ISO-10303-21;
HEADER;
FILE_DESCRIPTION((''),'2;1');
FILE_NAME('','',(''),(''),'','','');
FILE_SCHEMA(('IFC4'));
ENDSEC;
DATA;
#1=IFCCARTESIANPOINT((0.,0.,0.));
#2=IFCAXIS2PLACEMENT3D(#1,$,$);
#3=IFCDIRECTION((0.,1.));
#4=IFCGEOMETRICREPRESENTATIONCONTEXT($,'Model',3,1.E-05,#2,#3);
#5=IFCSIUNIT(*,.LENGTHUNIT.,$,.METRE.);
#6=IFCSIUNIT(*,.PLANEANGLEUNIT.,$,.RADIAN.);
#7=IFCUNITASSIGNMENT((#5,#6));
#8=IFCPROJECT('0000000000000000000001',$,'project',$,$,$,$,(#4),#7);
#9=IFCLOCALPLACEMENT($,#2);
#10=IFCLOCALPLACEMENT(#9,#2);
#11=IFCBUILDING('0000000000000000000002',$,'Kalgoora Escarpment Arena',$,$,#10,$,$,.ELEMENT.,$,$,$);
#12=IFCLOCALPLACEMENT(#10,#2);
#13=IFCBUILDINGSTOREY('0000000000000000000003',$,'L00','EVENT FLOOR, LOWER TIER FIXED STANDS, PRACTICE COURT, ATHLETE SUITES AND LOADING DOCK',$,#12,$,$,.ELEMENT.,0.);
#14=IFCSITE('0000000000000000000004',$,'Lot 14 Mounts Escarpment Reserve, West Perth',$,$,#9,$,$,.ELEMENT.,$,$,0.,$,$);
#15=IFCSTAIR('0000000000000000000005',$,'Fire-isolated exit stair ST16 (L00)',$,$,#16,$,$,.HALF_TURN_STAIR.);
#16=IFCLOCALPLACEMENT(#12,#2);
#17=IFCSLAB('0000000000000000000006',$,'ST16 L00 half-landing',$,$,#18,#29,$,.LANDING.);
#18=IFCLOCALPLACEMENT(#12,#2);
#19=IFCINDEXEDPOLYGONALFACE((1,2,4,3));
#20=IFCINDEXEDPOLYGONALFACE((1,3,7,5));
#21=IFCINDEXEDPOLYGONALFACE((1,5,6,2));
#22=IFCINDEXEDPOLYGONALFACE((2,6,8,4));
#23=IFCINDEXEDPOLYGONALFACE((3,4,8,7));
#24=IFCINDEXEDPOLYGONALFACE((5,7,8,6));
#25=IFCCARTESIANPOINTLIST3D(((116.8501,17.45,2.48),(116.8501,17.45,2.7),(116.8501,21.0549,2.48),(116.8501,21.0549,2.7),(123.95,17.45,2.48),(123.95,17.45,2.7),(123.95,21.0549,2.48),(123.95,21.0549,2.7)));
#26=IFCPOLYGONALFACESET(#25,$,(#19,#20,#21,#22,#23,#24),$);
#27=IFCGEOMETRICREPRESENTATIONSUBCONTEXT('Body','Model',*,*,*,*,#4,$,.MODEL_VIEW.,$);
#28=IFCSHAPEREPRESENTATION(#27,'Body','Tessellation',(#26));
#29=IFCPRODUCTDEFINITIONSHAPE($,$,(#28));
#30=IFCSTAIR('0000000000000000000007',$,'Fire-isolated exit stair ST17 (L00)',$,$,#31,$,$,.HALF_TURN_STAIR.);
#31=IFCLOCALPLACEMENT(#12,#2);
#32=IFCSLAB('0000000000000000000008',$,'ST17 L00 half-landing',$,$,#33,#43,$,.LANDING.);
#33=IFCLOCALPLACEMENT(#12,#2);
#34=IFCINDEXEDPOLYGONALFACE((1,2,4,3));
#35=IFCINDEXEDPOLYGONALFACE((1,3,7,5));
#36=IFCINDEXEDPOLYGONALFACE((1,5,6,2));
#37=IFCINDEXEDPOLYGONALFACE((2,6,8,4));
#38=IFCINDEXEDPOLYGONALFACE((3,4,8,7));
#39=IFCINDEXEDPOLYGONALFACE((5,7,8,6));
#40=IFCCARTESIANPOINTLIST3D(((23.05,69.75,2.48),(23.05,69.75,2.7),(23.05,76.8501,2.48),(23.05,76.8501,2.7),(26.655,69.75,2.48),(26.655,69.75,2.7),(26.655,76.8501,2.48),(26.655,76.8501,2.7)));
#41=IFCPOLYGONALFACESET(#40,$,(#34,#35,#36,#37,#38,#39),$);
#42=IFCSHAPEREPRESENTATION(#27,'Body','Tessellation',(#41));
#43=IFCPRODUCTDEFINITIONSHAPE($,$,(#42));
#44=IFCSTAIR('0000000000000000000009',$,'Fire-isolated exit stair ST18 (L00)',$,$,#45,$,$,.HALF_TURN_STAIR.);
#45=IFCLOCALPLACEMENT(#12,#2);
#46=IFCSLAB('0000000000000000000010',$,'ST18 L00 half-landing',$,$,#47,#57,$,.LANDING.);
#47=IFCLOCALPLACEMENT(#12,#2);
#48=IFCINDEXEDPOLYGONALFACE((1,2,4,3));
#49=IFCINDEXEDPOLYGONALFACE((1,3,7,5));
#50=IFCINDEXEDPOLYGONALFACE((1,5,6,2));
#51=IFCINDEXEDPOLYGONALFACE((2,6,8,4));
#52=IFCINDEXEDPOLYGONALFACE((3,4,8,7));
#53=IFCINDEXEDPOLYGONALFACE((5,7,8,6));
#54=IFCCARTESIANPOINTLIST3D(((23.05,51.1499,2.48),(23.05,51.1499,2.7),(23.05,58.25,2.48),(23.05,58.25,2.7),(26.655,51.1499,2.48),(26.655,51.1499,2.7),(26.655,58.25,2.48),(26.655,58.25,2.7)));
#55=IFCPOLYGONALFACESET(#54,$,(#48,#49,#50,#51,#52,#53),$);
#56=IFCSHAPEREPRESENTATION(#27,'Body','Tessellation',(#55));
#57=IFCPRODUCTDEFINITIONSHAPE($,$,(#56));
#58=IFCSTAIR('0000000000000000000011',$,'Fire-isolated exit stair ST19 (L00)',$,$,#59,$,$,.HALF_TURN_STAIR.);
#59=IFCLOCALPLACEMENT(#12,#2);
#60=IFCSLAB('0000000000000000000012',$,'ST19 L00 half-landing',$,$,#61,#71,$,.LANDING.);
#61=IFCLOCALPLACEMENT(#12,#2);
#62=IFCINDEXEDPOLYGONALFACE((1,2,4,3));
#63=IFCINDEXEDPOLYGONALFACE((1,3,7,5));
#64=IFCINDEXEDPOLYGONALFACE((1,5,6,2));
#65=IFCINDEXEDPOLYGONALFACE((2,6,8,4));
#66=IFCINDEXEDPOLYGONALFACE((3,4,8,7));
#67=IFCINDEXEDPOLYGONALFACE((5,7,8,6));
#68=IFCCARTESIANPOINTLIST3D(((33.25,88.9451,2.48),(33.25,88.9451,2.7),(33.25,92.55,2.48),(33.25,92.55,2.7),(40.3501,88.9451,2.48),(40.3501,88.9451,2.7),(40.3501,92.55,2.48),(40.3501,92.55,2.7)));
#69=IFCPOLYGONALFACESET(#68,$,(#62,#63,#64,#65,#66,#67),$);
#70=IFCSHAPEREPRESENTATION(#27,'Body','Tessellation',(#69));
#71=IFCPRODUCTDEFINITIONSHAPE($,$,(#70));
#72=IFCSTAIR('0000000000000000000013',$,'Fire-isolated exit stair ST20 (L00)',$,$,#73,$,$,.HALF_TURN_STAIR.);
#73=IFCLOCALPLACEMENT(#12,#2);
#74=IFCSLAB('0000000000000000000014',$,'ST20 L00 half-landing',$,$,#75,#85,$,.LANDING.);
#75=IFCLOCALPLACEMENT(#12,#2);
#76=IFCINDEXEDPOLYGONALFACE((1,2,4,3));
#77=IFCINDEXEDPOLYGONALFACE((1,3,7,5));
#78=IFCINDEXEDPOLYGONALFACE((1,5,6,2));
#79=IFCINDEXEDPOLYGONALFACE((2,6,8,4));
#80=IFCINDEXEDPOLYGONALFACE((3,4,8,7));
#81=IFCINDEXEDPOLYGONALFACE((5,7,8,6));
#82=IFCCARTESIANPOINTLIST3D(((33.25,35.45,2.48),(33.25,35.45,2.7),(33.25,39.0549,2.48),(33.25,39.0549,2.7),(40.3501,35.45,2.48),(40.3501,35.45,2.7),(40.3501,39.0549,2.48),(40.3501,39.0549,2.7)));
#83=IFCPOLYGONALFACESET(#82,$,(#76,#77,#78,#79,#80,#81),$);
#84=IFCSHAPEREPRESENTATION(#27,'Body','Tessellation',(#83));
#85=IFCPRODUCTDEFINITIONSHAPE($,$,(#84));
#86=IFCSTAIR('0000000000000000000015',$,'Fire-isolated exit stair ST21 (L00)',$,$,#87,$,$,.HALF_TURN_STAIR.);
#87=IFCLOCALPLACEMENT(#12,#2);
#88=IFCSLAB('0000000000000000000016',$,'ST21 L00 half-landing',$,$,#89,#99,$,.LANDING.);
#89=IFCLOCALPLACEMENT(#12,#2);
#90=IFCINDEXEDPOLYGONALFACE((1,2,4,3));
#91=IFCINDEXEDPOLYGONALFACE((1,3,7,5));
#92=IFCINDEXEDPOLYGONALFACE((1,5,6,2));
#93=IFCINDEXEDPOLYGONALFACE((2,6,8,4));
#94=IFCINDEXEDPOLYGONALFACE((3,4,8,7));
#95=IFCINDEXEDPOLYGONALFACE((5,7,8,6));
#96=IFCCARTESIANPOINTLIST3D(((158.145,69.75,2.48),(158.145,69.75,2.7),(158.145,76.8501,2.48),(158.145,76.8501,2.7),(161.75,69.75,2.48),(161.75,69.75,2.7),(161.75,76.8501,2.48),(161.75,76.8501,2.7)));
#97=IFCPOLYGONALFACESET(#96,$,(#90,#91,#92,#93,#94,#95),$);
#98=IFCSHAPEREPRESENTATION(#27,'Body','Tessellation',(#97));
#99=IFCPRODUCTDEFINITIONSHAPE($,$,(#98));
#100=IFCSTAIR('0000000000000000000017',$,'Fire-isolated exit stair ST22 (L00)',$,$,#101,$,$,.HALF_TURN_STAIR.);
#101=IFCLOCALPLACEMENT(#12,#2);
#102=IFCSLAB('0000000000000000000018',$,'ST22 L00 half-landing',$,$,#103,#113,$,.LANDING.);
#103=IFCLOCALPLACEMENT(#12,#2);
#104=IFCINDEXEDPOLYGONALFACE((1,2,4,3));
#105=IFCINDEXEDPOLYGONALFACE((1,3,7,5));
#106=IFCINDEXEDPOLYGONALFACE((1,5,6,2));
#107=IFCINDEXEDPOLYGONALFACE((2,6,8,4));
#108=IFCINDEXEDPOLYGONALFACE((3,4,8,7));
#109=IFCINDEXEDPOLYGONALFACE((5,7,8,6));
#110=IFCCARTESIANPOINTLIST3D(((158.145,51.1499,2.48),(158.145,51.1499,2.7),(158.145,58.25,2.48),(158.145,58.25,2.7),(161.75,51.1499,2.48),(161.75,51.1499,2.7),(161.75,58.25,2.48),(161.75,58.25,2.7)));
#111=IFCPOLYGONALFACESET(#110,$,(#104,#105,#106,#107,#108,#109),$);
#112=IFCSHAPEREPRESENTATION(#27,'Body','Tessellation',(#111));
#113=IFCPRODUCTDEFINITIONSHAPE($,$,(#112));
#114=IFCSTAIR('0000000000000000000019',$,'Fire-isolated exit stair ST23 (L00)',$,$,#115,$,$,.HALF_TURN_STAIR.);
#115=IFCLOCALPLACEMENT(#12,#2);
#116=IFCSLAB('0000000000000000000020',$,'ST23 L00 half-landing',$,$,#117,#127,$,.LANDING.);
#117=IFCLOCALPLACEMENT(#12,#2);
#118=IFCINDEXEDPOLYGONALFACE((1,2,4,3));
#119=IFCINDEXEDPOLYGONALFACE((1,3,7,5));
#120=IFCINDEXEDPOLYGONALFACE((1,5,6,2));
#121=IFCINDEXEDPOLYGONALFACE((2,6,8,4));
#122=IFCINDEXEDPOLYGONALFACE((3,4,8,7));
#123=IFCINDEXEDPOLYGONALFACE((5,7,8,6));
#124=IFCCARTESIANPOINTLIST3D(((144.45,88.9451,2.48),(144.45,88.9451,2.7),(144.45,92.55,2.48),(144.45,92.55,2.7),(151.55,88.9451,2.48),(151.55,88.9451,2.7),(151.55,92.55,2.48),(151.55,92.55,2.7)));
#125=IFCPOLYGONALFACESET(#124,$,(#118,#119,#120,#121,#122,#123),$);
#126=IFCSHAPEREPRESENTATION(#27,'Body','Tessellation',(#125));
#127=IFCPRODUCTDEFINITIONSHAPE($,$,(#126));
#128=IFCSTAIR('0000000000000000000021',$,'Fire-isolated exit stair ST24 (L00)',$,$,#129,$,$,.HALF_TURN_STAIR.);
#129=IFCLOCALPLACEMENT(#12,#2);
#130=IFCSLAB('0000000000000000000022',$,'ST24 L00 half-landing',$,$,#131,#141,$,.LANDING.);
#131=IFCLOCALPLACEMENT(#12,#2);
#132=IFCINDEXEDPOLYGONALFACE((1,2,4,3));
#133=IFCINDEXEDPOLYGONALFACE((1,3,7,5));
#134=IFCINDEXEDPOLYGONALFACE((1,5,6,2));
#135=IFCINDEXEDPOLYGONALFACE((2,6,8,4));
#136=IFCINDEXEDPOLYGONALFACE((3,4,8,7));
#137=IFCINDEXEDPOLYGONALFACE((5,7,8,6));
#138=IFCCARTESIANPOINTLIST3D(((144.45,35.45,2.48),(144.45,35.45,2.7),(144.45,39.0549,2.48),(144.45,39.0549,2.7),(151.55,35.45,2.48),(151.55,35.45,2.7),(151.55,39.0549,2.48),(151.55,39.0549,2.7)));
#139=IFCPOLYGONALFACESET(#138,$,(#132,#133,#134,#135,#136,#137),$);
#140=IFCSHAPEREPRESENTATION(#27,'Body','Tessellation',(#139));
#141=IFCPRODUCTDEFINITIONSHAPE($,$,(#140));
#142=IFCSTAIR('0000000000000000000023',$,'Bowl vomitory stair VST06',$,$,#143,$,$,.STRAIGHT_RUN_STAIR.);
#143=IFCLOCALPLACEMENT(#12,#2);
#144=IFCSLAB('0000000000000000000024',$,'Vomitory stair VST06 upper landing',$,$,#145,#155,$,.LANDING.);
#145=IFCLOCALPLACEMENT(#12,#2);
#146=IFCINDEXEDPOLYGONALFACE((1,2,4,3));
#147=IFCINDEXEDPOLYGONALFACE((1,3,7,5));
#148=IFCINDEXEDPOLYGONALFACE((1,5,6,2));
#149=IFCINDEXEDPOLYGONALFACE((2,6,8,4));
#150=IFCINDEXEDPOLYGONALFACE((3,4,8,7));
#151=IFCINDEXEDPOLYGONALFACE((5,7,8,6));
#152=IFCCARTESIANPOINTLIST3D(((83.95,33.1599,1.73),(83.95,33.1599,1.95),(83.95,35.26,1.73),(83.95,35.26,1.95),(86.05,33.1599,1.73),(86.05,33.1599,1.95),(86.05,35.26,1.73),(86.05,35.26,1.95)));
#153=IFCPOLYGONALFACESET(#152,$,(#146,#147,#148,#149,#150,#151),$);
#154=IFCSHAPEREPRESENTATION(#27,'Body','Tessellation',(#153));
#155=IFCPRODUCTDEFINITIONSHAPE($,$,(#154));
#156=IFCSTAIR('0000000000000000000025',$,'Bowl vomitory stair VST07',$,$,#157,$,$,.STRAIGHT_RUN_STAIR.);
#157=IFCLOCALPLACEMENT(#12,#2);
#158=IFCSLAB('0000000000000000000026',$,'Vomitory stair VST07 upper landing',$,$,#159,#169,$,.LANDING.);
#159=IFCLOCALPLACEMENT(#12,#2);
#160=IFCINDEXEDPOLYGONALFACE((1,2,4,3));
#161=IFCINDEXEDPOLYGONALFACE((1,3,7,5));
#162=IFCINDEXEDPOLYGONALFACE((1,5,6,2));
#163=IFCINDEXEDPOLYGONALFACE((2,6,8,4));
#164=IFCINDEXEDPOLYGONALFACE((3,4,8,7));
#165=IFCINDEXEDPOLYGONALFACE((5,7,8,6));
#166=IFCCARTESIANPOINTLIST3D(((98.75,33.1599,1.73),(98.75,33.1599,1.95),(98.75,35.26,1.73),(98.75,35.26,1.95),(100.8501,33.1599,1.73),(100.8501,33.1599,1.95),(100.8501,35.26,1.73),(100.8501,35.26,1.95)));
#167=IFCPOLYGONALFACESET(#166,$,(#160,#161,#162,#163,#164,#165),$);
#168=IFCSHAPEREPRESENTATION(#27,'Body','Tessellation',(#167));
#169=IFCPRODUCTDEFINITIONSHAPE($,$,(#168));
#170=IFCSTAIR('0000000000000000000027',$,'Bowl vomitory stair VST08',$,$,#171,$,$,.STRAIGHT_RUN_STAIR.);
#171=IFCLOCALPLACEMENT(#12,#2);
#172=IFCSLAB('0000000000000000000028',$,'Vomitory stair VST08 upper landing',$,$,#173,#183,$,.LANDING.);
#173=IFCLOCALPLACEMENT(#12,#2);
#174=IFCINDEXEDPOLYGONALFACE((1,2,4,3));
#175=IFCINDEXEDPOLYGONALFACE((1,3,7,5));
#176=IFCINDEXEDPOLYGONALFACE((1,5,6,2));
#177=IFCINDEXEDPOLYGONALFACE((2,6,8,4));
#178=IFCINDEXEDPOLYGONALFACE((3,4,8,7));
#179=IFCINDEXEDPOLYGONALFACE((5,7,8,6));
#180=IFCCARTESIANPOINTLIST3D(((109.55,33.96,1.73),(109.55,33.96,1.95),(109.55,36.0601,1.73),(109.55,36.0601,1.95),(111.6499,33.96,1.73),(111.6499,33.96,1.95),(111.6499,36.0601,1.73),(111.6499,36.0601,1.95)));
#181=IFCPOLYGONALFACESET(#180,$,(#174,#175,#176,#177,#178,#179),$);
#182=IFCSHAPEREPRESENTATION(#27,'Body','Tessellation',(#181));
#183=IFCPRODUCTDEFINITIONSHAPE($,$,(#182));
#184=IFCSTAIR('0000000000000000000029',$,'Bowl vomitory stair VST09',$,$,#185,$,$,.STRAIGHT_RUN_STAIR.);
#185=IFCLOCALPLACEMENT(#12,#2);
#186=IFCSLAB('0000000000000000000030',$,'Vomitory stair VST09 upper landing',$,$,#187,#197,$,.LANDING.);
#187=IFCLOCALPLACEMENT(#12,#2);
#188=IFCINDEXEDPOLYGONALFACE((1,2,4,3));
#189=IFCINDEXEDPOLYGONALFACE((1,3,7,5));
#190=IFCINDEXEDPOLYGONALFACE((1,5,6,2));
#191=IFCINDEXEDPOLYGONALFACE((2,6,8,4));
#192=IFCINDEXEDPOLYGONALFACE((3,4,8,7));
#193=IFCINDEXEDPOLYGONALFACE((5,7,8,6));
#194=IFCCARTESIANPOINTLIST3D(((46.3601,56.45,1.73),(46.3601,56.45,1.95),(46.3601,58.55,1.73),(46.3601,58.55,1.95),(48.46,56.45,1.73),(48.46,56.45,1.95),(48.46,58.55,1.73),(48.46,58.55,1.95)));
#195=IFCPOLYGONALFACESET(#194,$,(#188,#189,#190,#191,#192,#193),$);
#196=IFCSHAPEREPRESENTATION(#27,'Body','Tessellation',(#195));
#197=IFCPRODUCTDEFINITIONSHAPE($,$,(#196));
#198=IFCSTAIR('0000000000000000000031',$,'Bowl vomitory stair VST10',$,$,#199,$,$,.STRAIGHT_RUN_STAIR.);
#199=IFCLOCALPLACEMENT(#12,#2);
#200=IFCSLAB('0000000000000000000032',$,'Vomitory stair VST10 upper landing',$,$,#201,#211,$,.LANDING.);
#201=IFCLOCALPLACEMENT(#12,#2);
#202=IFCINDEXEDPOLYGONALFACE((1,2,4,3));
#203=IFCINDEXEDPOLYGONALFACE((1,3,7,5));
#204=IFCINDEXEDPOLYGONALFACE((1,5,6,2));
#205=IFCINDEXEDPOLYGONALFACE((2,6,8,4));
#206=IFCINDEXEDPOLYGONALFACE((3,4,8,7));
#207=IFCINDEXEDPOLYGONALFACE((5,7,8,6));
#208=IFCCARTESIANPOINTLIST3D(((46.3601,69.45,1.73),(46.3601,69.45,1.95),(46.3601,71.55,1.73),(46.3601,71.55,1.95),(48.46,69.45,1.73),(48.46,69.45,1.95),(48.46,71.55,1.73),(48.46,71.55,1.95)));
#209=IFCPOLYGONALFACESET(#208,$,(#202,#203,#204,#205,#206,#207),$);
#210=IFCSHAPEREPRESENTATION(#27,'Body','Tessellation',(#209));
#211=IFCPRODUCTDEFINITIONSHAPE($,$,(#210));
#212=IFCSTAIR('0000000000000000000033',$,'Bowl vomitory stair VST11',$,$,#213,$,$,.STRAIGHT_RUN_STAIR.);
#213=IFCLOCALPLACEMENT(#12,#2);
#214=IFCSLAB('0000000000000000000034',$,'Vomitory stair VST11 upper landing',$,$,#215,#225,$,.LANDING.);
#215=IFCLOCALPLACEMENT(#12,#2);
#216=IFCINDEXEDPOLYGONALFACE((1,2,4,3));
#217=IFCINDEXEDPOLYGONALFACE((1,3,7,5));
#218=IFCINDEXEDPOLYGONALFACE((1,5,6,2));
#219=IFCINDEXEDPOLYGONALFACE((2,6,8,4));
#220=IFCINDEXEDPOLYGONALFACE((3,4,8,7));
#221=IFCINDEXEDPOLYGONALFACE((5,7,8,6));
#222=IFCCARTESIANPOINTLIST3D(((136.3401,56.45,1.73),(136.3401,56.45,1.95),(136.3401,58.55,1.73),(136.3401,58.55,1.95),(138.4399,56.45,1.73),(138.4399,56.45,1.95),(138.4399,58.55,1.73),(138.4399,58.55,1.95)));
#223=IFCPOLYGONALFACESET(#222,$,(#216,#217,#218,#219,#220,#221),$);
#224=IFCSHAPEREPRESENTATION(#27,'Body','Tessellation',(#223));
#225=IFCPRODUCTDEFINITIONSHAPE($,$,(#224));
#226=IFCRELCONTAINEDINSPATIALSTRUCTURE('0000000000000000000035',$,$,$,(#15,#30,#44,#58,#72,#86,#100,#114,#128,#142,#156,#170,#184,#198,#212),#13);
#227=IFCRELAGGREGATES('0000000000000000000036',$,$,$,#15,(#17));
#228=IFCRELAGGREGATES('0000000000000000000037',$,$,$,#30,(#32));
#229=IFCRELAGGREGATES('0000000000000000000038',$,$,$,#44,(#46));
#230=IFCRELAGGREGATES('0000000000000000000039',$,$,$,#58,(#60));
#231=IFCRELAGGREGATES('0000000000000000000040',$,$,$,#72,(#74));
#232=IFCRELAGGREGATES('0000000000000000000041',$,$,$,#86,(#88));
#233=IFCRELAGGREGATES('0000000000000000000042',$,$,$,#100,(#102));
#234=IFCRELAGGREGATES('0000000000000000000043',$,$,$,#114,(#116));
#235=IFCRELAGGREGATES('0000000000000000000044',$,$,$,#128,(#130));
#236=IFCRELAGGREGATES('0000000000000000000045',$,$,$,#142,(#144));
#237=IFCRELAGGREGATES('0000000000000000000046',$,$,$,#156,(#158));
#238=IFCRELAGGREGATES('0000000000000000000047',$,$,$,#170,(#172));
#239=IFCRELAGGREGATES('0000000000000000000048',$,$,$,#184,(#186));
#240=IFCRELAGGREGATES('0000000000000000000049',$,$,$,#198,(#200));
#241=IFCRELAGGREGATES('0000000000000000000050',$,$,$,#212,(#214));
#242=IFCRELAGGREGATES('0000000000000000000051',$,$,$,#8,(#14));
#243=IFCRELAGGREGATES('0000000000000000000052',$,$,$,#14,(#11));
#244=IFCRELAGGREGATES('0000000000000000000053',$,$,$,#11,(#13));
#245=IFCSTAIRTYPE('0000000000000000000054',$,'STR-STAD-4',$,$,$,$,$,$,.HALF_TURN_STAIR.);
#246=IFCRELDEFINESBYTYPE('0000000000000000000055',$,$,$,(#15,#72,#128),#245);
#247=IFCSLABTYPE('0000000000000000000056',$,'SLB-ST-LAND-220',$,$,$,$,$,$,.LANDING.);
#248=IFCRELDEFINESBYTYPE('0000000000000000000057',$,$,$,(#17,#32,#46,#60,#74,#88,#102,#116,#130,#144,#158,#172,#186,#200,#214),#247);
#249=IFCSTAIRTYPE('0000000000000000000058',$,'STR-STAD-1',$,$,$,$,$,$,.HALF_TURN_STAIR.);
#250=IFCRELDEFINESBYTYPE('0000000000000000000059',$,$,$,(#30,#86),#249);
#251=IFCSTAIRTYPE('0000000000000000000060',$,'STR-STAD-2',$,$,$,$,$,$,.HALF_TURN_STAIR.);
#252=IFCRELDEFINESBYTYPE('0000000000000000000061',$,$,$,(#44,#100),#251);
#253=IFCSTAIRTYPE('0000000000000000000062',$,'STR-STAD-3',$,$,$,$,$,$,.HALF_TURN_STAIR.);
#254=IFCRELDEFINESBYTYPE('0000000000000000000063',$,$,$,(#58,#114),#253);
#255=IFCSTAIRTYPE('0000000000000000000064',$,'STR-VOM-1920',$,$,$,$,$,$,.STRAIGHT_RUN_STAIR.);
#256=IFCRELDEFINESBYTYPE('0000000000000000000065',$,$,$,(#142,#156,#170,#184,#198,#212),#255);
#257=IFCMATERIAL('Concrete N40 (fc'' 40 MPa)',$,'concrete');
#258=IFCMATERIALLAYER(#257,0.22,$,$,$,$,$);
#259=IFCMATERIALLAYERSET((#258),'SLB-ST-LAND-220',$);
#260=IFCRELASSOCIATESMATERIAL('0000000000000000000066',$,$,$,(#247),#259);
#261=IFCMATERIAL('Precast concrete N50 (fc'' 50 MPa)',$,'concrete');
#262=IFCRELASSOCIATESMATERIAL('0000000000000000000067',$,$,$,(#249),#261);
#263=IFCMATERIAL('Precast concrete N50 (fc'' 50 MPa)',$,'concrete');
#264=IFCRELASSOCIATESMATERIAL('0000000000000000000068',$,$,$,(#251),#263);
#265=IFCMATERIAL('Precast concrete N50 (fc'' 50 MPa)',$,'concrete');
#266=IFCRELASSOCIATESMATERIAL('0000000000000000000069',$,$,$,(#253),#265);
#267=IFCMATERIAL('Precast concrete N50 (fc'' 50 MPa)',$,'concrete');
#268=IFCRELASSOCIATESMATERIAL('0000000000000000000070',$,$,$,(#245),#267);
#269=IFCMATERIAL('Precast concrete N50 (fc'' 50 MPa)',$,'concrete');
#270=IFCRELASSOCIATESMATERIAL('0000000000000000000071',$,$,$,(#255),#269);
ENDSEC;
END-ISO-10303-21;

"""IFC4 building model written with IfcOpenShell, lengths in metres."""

from ifc_helpers import new_model, si_unit, direction, frame, origin, place, context, subcontext, project, spatial, polyline, outline, extrude, material, layer, layer_set, type_object, element, aggregate, save


model = new_model("IFC4")

# Units and contexts
model_context = context("Model", 3, precision=1e-05, world=origin(), true_north=direction((0.0, 1.0)))
body_context = subcontext(model_context, "Body", "Model", "MODEL_VIEW")
ifc_project = project(units=[si_unit("LENGTHUNIT", "METRE"), si_unit("PLANEANGLEUNIT", "RADIAN")], contexts=[model_context])

# Site, building, storey
site_placement = place(None, origin())
site = spatial("IfcSite", under=ifc_project, at=site_placement, Name="Lot 14 Mounts Escarpment Reserve, West Perth", CompositionType="ELEMENT", RefElevation=0.0)
building_placement = place(site_placement, origin())
building = spatial("IfcBuilding", under=site, at=building_placement, Name="Kalgoora Escarpment Arena", CompositionType="ELEMENT")
storey_placement = place(building_placement, origin())
storey = spatial("IfcBuildingStorey", under=building, at=storey_placement, Name="L00", Description="EVENT FLOOR, LOWER TIER FIXED STANDS, PRACTICE COURT, ATHLETE SUITES AND LOADING DOCK", CompositionType="ELEMENT", Elevation=0.0)

# Stairs, slabs
ifc_material_1 = material(Name="Concrete N40 (fc' 40 MPa)", Category="concrete")
ifc_layer_1 = layer(ifc_material_1, 0.22)
ifc_layer_set_1 = layer_set([ifc_layer_1], Name="SLB-ST-LAND-220")
slab_type = type_object("IfcSlabType", Name="SLB-ST-LAND-220", PredefinedType="LANDING", material=ifc_layer_set_1)
ifc_material_2 = material(Name="Precast concrete N50 (fc' 50 MPa)", Category="concrete")
stair_type_1 = type_object("IfcStairType", Name="STR-STAD-1", PredefinedType="HALF_TURN_STAIR", material=ifc_material_2)
ifc_material_3 = material(Name="Precast concrete N50 (fc' 50 MPa)", Category="concrete")
stair_type_2 = type_object("IfcStairType", Name="STR-STAD-2", PredefinedType="HALF_TURN_STAIR", material=ifc_material_3)
ifc_material_4 = material(Name="Precast concrete N50 (fc' 50 MPa)", Category="concrete")
stair_type_3 = type_object("IfcStairType", Name="STR-STAD-3", PredefinedType="HALF_TURN_STAIR", material=ifc_material_4)
ifc_material_5 = material(Name="Precast concrete N50 (fc' 50 MPa)", Category="concrete")
stair_type_4 = type_object("IfcStairType", Name="STR-STAD-4", PredefinedType="HALF_TURN_STAIR", material=ifc_material_5)
stair_1_placement = place(storey_placement, origin())
stair_1 = element("IfcStair", 1, at=stair_1_placement, inside=storey, type_object=stair_type_4, Name="Fire-isolated exit stair ST16 (L00)", PredefinedType="HALF_TURN_STAIR")
slab_1_placement = place(storey_placement, frame((0.0, 0.0, 2.48)))
slab_1 = element("IfcSlab", 2, at=slab_1_placement, type_object=slab_type, Name="ST16 L00 half-landing", PredefinedType="LANDING", context=body_context, shape_type="SweptSolid", body=[
    extrude(outline(polyline([(123.95, 21.0549), (123.95, 17.45), (116.8501, 17.45), (116.8501, 21.0549), (123.95, 21.0549)])), origin(), (0.0, 0.0, 1.0), 0.22),
])
aggregate(stair_1, [slab_1])
stair_2_placement = place(storey_placement, origin())
stair_2 = element("IfcStair", 3, at=stair_2_placement, inside=storey, type_object=stair_type_1, Name="Fire-isolated exit stair ST17 (L00)", PredefinedType="HALF_TURN_STAIR")
slab_2_placement = place(storey_placement, frame((0.0, 0.0, 2.48)))
slab_2 = element("IfcSlab", 4, at=slab_2_placement, type_object=slab_type, Name="ST17 L00 half-landing", PredefinedType="LANDING", context=body_context, shape_type="SweptSolid", body=[
    extrude(outline(polyline([(26.655, 69.75), (23.05, 69.75), (23.05, 76.8501), (26.655, 76.8501), (26.655, 69.75)])), origin(), (0.0, 0.0, 1.0), 0.22),
])
aggregate(stair_2, [slab_2])
stair_3_placement = place(storey_placement, origin())
stair_3 = element("IfcStair", 5, at=stair_3_placement, inside=storey, type_object=stair_type_2, Name="Fire-isolated exit stair ST18 (L00)", PredefinedType="HALF_TURN_STAIR")
slab_3_placement = place(storey_placement, frame((0.0, 0.0, 2.48)))
slab_3 = element("IfcSlab", 6, at=slab_3_placement, type_object=slab_type, Name="ST18 L00 half-landing", PredefinedType="LANDING", context=body_context, shape_type="SweptSolid", body=[
    extrude(outline(polyline([(26.655, 51.1499), (23.05, 51.1499), (23.05, 58.25), (26.655, 58.25), (26.655, 51.1499)])), origin(), (0.0, 0.0, 1.0), 0.22),
])
aggregate(stair_3, [slab_3])
stair_4_placement = place(storey_placement, origin())
stair_4 = element("IfcStair", 7, at=stair_4_placement, inside=storey, type_object=stair_type_3, Name="Fire-isolated exit stair ST19 (L00)", PredefinedType="HALF_TURN_STAIR")
slab_4_placement = place(storey_placement, frame((0.0, 0.0, 2.48)))
slab_4 = element("IfcSlab", 8, at=slab_4_placement, type_object=slab_type, Name="ST19 L00 half-landing", PredefinedType="LANDING", context=body_context, shape_type="SweptSolid", body=[
    extrude(outline(polyline([(33.25, 88.9451), (33.25, 92.55), (40.3501, 92.55), (40.3501, 88.9451), (33.25, 88.9451)])), origin(), (0.0, 0.0, 1.0), 0.22),
])
aggregate(stair_4, [slab_4])
stair_5_placement = place(storey_placement, origin())
stair_5 = element("IfcStair", 9, at=stair_5_placement, inside=storey, type_object=stair_type_4, Name="Fire-isolated exit stair ST20 (L00)", PredefinedType="HALF_TURN_STAIR")
slab_5_placement = place(storey_placement, frame((0.0, 0.0, 2.48)))
slab_5 = element("IfcSlab", 10, at=slab_5_placement, type_object=slab_type, Name="ST20 L00 half-landing", PredefinedType="LANDING", context=body_context, shape_type="SweptSolid", body=[
    extrude(outline(polyline([(40.3501, 39.0549), (40.3501, 35.45), (33.25, 35.45), (33.25, 39.0549), (40.3501, 39.0549)])), origin(), (0.0, 0.0, 1.0), 0.22),
])
aggregate(stair_5, [slab_5])
stair_6_placement = place(storey_placement, origin())
stair_6 = element("IfcStair", 11, at=stair_6_placement, inside=storey, type_object=stair_type_1, Name="Fire-isolated exit stair ST21 (L00)", PredefinedType="HALF_TURN_STAIR")
slab_6_placement = place(storey_placement, frame((0.0, 0.0, 2.48)))
slab_6 = element("IfcSlab", 12, at=slab_6_placement, type_object=slab_type, Name="ST21 L00 half-landing", PredefinedType="LANDING", context=body_context, shape_type="SweptSolid", body=[
    extrude(outline(polyline([(158.145, 76.8501), (161.75, 76.8501), (161.75, 69.75), (158.145, 69.75), (158.145, 76.8501)])), origin(), (0.0, 0.0, 1.0), 0.22),
])
aggregate(stair_6, [slab_6])
stair_7_placement = place(storey_placement, origin())
stair_7 = element("IfcStair", 13, at=stair_7_placement, inside=storey, type_object=stair_type_2, Name="Fire-isolated exit stair ST22 (L00)", PredefinedType="HALF_TURN_STAIR")
slab_7_placement = place(storey_placement, frame((0.0, 0.0, 2.48)))
slab_7 = element("IfcSlab", 14, at=slab_7_placement, type_object=slab_type, Name="ST22 L00 half-landing", PredefinedType="LANDING", context=body_context, shape_type="SweptSolid", body=[
    extrude(outline(polyline([(158.145, 58.25), (161.75, 58.25), (161.75, 51.1499), (158.145, 51.1499), (158.145, 58.25)])), origin(), (0.0, 0.0, 1.0), 0.22),
])
aggregate(stair_7, [slab_7])
stair_8_placement = place(storey_placement, origin())
stair_8 = element("IfcStair", 15, at=stair_8_placement, inside=storey, type_object=stair_type_3, Name="Fire-isolated exit stair ST23 (L00)", PredefinedType="HALF_TURN_STAIR")
slab_8_placement = place(storey_placement, frame((0.0, 0.0, 2.48)))
slab_8 = element("IfcSlab", 16, at=slab_8_placement, type_object=slab_type, Name="ST23 L00 half-landing", PredefinedType="LANDING", context=body_context, shape_type="SweptSolid", body=[
    extrude(outline(polyline([(144.45, 88.9451), (144.45, 92.55), (151.55, 92.55), (151.55, 88.9451), (144.45, 88.9451)])), origin(), (0.0, 0.0, 1.0), 0.22),
])
aggregate(stair_8, [slab_8])
stair_9_placement = place(storey_placement, origin())
stair_9 = element("IfcStair", 17, at=stair_9_placement, inside=storey, type_object=stair_type_4, Name="Fire-isolated exit stair ST24 (L00)", PredefinedType="HALF_TURN_STAIR")
slab_9_placement = place(storey_placement, frame((0.0, 0.0, 2.48)))
slab_9 = element("IfcSlab", 18, at=slab_9_placement, type_object=slab_type, Name="ST24 L00 half-landing", PredefinedType="LANDING", context=body_context, shape_type="SweptSolid", body=[
    extrude(outline(polyline([(151.55, 39.0549), (151.55, 35.45), (144.45, 35.45), (144.45, 39.0549), (151.55, 39.0549)])), origin(), (0.0, 0.0, 1.0), 0.22),
])
aggregate(stair_9, [slab_9])
ifc_material_6 = material(Name="Precast concrete N50 (fc' 50 MPa)", Category="concrete")
stair_type_5 = type_object("IfcStairType", Name="STR-VOM-1920", PredefinedType="STRAIGHT_RUN_STAIR", material=ifc_material_6)
stair_10_placement = place(storey_placement, origin())
stair_10 = element("IfcStair", 19, at=stair_10_placement, inside=storey, type_object=stair_type_5, Name="Bowl vomitory stair VST06", PredefinedType="STRAIGHT_RUN_STAIR")
slab_10_placement = place(storey_placement, frame((0.0, 0.0, 1.73)))
slab_10 = element("IfcSlab", 20, at=slab_10_placement, type_object=slab_type, Name="Vomitory stair VST06 upper landing", PredefinedType="LANDING", context=body_context, shape_type="SweptSolid", body=[
    extrude(outline(polyline([(83.95, 33.1599), (86.05, 33.1599), (86.05, 35.26), (83.95, 35.26), (83.95, 33.1599)])), origin(), (0.0, 0.0, 1.0), 0.22),
])
aggregate(stair_10, [slab_10])
stair_11_placement = place(storey_placement, origin())
stair_11 = element("IfcStair", 21, at=stair_11_placement, inside=storey, type_object=stair_type_5, Name="Bowl vomitory stair VST07", PredefinedType="STRAIGHT_RUN_STAIR")
slab_11_placement = place(storey_placement, frame((0.0, 0.0, 1.73)))
slab_11 = element("IfcSlab", 22, at=slab_11_placement, type_object=slab_type, Name="Vomitory stair VST07 upper landing", PredefinedType="LANDING", context=body_context, shape_type="SweptSolid", body=[
    extrude(outline(polyline([(98.75, 33.1599), (100.8501, 33.1599), (100.8501, 35.26), (98.75, 35.26), (98.75, 33.1599)])), origin(), (0.0, 0.0, 1.0), 0.22),
])
aggregate(stair_11, [slab_11])
stair_12_placement = place(storey_placement, origin())
stair_12 = element("IfcStair", 23, at=stair_12_placement, inside=storey, type_object=stair_type_5, Name="Bowl vomitory stair VST08", PredefinedType="STRAIGHT_RUN_STAIR")
slab_12_placement = place(storey_placement, frame((0.0, 0.0, 1.73)))
slab_12 = element("IfcSlab", 24, at=slab_12_placement, type_object=slab_type, Name="Vomitory stair VST08 upper landing", PredefinedType="LANDING", context=body_context, shape_type="SweptSolid", body=[
    extrude(outline(polyline([(109.55, 33.96), (111.6499, 33.96), (111.6499, 36.0601), (109.55, 36.0601), (109.55, 33.96)])), origin(), (0.0, 0.0, 1.0), 0.22),
])
aggregate(stair_12, [slab_12])
stair_13_placement = place(storey_placement, origin())
stair_13 = element("IfcStair", 25, at=stair_13_placement, inside=storey, type_object=stair_type_5, Name="Bowl vomitory stair VST09", PredefinedType="STRAIGHT_RUN_STAIR")
slab_13_placement = place(storey_placement, frame((0.0, 0.0, 1.73)))
slab_13 = element("IfcSlab", 26, at=slab_13_placement, type_object=slab_type, Name="Vomitory stair VST09 upper landing", PredefinedType="LANDING", context=body_context, shape_type="SweptSolid", body=[
    extrude(outline(polyline([(46.3601, 56.45), (48.46, 56.45), (48.46, 58.55), (46.3601, 58.55), (46.3601, 56.45)])), origin(), (0.0, 0.0, 1.0), 0.22),
])
aggregate(stair_13, [slab_13])
stair_14_placement = place(storey_placement, origin())
stair_14 = element("IfcStair", 27, at=stair_14_placement, inside=storey, type_object=stair_type_5, Name="Bowl vomitory stair VST10", PredefinedType="STRAIGHT_RUN_STAIR")
slab_14_placement = place(storey_placement, frame((0.0, 0.0, 1.73)))
slab_14 = element("IfcSlab", 28, at=slab_14_placement, type_object=slab_type, Name="Vomitory stair VST10 upper landing", PredefinedType="LANDING", context=body_context, shape_type="SweptSolid", body=[
    extrude(outline(polyline([(46.3601, 69.45), (48.46, 69.45), (48.46, 71.55), (46.3601, 71.55), (46.3601, 69.45)])), origin(), (0.0, 0.0, 1.0), 0.22),
])
aggregate(stair_14, [slab_14])
stair_15_placement = place(storey_placement, origin())
stair_15 = element("IfcStair", 29, at=stair_15_placement, inside=storey, type_object=stair_type_5, Name="Bowl vomitory stair VST11", PredefinedType="STRAIGHT_RUN_STAIR")
slab_15_placement = place(storey_placement, frame((0.0, 0.0, 1.73)))
slab_15 = element("IfcSlab", 30, at=slab_15_placement, type_object=slab_type, Name="Vomitory stair VST11 upper landing", PredefinedType="LANDING", context=body_context, shape_type="SweptSolid", body=[
    extrude(outline(polyline([(136.3401, 56.45), (138.4399, 56.45), (138.4399, 58.55), (136.3401, 58.55), (136.3401, 56.45)])), origin(), (0.0, 0.0, 1.0), 0.22),
])
aggregate(stair_15, [slab_15])

save(model, "model.ifc")
